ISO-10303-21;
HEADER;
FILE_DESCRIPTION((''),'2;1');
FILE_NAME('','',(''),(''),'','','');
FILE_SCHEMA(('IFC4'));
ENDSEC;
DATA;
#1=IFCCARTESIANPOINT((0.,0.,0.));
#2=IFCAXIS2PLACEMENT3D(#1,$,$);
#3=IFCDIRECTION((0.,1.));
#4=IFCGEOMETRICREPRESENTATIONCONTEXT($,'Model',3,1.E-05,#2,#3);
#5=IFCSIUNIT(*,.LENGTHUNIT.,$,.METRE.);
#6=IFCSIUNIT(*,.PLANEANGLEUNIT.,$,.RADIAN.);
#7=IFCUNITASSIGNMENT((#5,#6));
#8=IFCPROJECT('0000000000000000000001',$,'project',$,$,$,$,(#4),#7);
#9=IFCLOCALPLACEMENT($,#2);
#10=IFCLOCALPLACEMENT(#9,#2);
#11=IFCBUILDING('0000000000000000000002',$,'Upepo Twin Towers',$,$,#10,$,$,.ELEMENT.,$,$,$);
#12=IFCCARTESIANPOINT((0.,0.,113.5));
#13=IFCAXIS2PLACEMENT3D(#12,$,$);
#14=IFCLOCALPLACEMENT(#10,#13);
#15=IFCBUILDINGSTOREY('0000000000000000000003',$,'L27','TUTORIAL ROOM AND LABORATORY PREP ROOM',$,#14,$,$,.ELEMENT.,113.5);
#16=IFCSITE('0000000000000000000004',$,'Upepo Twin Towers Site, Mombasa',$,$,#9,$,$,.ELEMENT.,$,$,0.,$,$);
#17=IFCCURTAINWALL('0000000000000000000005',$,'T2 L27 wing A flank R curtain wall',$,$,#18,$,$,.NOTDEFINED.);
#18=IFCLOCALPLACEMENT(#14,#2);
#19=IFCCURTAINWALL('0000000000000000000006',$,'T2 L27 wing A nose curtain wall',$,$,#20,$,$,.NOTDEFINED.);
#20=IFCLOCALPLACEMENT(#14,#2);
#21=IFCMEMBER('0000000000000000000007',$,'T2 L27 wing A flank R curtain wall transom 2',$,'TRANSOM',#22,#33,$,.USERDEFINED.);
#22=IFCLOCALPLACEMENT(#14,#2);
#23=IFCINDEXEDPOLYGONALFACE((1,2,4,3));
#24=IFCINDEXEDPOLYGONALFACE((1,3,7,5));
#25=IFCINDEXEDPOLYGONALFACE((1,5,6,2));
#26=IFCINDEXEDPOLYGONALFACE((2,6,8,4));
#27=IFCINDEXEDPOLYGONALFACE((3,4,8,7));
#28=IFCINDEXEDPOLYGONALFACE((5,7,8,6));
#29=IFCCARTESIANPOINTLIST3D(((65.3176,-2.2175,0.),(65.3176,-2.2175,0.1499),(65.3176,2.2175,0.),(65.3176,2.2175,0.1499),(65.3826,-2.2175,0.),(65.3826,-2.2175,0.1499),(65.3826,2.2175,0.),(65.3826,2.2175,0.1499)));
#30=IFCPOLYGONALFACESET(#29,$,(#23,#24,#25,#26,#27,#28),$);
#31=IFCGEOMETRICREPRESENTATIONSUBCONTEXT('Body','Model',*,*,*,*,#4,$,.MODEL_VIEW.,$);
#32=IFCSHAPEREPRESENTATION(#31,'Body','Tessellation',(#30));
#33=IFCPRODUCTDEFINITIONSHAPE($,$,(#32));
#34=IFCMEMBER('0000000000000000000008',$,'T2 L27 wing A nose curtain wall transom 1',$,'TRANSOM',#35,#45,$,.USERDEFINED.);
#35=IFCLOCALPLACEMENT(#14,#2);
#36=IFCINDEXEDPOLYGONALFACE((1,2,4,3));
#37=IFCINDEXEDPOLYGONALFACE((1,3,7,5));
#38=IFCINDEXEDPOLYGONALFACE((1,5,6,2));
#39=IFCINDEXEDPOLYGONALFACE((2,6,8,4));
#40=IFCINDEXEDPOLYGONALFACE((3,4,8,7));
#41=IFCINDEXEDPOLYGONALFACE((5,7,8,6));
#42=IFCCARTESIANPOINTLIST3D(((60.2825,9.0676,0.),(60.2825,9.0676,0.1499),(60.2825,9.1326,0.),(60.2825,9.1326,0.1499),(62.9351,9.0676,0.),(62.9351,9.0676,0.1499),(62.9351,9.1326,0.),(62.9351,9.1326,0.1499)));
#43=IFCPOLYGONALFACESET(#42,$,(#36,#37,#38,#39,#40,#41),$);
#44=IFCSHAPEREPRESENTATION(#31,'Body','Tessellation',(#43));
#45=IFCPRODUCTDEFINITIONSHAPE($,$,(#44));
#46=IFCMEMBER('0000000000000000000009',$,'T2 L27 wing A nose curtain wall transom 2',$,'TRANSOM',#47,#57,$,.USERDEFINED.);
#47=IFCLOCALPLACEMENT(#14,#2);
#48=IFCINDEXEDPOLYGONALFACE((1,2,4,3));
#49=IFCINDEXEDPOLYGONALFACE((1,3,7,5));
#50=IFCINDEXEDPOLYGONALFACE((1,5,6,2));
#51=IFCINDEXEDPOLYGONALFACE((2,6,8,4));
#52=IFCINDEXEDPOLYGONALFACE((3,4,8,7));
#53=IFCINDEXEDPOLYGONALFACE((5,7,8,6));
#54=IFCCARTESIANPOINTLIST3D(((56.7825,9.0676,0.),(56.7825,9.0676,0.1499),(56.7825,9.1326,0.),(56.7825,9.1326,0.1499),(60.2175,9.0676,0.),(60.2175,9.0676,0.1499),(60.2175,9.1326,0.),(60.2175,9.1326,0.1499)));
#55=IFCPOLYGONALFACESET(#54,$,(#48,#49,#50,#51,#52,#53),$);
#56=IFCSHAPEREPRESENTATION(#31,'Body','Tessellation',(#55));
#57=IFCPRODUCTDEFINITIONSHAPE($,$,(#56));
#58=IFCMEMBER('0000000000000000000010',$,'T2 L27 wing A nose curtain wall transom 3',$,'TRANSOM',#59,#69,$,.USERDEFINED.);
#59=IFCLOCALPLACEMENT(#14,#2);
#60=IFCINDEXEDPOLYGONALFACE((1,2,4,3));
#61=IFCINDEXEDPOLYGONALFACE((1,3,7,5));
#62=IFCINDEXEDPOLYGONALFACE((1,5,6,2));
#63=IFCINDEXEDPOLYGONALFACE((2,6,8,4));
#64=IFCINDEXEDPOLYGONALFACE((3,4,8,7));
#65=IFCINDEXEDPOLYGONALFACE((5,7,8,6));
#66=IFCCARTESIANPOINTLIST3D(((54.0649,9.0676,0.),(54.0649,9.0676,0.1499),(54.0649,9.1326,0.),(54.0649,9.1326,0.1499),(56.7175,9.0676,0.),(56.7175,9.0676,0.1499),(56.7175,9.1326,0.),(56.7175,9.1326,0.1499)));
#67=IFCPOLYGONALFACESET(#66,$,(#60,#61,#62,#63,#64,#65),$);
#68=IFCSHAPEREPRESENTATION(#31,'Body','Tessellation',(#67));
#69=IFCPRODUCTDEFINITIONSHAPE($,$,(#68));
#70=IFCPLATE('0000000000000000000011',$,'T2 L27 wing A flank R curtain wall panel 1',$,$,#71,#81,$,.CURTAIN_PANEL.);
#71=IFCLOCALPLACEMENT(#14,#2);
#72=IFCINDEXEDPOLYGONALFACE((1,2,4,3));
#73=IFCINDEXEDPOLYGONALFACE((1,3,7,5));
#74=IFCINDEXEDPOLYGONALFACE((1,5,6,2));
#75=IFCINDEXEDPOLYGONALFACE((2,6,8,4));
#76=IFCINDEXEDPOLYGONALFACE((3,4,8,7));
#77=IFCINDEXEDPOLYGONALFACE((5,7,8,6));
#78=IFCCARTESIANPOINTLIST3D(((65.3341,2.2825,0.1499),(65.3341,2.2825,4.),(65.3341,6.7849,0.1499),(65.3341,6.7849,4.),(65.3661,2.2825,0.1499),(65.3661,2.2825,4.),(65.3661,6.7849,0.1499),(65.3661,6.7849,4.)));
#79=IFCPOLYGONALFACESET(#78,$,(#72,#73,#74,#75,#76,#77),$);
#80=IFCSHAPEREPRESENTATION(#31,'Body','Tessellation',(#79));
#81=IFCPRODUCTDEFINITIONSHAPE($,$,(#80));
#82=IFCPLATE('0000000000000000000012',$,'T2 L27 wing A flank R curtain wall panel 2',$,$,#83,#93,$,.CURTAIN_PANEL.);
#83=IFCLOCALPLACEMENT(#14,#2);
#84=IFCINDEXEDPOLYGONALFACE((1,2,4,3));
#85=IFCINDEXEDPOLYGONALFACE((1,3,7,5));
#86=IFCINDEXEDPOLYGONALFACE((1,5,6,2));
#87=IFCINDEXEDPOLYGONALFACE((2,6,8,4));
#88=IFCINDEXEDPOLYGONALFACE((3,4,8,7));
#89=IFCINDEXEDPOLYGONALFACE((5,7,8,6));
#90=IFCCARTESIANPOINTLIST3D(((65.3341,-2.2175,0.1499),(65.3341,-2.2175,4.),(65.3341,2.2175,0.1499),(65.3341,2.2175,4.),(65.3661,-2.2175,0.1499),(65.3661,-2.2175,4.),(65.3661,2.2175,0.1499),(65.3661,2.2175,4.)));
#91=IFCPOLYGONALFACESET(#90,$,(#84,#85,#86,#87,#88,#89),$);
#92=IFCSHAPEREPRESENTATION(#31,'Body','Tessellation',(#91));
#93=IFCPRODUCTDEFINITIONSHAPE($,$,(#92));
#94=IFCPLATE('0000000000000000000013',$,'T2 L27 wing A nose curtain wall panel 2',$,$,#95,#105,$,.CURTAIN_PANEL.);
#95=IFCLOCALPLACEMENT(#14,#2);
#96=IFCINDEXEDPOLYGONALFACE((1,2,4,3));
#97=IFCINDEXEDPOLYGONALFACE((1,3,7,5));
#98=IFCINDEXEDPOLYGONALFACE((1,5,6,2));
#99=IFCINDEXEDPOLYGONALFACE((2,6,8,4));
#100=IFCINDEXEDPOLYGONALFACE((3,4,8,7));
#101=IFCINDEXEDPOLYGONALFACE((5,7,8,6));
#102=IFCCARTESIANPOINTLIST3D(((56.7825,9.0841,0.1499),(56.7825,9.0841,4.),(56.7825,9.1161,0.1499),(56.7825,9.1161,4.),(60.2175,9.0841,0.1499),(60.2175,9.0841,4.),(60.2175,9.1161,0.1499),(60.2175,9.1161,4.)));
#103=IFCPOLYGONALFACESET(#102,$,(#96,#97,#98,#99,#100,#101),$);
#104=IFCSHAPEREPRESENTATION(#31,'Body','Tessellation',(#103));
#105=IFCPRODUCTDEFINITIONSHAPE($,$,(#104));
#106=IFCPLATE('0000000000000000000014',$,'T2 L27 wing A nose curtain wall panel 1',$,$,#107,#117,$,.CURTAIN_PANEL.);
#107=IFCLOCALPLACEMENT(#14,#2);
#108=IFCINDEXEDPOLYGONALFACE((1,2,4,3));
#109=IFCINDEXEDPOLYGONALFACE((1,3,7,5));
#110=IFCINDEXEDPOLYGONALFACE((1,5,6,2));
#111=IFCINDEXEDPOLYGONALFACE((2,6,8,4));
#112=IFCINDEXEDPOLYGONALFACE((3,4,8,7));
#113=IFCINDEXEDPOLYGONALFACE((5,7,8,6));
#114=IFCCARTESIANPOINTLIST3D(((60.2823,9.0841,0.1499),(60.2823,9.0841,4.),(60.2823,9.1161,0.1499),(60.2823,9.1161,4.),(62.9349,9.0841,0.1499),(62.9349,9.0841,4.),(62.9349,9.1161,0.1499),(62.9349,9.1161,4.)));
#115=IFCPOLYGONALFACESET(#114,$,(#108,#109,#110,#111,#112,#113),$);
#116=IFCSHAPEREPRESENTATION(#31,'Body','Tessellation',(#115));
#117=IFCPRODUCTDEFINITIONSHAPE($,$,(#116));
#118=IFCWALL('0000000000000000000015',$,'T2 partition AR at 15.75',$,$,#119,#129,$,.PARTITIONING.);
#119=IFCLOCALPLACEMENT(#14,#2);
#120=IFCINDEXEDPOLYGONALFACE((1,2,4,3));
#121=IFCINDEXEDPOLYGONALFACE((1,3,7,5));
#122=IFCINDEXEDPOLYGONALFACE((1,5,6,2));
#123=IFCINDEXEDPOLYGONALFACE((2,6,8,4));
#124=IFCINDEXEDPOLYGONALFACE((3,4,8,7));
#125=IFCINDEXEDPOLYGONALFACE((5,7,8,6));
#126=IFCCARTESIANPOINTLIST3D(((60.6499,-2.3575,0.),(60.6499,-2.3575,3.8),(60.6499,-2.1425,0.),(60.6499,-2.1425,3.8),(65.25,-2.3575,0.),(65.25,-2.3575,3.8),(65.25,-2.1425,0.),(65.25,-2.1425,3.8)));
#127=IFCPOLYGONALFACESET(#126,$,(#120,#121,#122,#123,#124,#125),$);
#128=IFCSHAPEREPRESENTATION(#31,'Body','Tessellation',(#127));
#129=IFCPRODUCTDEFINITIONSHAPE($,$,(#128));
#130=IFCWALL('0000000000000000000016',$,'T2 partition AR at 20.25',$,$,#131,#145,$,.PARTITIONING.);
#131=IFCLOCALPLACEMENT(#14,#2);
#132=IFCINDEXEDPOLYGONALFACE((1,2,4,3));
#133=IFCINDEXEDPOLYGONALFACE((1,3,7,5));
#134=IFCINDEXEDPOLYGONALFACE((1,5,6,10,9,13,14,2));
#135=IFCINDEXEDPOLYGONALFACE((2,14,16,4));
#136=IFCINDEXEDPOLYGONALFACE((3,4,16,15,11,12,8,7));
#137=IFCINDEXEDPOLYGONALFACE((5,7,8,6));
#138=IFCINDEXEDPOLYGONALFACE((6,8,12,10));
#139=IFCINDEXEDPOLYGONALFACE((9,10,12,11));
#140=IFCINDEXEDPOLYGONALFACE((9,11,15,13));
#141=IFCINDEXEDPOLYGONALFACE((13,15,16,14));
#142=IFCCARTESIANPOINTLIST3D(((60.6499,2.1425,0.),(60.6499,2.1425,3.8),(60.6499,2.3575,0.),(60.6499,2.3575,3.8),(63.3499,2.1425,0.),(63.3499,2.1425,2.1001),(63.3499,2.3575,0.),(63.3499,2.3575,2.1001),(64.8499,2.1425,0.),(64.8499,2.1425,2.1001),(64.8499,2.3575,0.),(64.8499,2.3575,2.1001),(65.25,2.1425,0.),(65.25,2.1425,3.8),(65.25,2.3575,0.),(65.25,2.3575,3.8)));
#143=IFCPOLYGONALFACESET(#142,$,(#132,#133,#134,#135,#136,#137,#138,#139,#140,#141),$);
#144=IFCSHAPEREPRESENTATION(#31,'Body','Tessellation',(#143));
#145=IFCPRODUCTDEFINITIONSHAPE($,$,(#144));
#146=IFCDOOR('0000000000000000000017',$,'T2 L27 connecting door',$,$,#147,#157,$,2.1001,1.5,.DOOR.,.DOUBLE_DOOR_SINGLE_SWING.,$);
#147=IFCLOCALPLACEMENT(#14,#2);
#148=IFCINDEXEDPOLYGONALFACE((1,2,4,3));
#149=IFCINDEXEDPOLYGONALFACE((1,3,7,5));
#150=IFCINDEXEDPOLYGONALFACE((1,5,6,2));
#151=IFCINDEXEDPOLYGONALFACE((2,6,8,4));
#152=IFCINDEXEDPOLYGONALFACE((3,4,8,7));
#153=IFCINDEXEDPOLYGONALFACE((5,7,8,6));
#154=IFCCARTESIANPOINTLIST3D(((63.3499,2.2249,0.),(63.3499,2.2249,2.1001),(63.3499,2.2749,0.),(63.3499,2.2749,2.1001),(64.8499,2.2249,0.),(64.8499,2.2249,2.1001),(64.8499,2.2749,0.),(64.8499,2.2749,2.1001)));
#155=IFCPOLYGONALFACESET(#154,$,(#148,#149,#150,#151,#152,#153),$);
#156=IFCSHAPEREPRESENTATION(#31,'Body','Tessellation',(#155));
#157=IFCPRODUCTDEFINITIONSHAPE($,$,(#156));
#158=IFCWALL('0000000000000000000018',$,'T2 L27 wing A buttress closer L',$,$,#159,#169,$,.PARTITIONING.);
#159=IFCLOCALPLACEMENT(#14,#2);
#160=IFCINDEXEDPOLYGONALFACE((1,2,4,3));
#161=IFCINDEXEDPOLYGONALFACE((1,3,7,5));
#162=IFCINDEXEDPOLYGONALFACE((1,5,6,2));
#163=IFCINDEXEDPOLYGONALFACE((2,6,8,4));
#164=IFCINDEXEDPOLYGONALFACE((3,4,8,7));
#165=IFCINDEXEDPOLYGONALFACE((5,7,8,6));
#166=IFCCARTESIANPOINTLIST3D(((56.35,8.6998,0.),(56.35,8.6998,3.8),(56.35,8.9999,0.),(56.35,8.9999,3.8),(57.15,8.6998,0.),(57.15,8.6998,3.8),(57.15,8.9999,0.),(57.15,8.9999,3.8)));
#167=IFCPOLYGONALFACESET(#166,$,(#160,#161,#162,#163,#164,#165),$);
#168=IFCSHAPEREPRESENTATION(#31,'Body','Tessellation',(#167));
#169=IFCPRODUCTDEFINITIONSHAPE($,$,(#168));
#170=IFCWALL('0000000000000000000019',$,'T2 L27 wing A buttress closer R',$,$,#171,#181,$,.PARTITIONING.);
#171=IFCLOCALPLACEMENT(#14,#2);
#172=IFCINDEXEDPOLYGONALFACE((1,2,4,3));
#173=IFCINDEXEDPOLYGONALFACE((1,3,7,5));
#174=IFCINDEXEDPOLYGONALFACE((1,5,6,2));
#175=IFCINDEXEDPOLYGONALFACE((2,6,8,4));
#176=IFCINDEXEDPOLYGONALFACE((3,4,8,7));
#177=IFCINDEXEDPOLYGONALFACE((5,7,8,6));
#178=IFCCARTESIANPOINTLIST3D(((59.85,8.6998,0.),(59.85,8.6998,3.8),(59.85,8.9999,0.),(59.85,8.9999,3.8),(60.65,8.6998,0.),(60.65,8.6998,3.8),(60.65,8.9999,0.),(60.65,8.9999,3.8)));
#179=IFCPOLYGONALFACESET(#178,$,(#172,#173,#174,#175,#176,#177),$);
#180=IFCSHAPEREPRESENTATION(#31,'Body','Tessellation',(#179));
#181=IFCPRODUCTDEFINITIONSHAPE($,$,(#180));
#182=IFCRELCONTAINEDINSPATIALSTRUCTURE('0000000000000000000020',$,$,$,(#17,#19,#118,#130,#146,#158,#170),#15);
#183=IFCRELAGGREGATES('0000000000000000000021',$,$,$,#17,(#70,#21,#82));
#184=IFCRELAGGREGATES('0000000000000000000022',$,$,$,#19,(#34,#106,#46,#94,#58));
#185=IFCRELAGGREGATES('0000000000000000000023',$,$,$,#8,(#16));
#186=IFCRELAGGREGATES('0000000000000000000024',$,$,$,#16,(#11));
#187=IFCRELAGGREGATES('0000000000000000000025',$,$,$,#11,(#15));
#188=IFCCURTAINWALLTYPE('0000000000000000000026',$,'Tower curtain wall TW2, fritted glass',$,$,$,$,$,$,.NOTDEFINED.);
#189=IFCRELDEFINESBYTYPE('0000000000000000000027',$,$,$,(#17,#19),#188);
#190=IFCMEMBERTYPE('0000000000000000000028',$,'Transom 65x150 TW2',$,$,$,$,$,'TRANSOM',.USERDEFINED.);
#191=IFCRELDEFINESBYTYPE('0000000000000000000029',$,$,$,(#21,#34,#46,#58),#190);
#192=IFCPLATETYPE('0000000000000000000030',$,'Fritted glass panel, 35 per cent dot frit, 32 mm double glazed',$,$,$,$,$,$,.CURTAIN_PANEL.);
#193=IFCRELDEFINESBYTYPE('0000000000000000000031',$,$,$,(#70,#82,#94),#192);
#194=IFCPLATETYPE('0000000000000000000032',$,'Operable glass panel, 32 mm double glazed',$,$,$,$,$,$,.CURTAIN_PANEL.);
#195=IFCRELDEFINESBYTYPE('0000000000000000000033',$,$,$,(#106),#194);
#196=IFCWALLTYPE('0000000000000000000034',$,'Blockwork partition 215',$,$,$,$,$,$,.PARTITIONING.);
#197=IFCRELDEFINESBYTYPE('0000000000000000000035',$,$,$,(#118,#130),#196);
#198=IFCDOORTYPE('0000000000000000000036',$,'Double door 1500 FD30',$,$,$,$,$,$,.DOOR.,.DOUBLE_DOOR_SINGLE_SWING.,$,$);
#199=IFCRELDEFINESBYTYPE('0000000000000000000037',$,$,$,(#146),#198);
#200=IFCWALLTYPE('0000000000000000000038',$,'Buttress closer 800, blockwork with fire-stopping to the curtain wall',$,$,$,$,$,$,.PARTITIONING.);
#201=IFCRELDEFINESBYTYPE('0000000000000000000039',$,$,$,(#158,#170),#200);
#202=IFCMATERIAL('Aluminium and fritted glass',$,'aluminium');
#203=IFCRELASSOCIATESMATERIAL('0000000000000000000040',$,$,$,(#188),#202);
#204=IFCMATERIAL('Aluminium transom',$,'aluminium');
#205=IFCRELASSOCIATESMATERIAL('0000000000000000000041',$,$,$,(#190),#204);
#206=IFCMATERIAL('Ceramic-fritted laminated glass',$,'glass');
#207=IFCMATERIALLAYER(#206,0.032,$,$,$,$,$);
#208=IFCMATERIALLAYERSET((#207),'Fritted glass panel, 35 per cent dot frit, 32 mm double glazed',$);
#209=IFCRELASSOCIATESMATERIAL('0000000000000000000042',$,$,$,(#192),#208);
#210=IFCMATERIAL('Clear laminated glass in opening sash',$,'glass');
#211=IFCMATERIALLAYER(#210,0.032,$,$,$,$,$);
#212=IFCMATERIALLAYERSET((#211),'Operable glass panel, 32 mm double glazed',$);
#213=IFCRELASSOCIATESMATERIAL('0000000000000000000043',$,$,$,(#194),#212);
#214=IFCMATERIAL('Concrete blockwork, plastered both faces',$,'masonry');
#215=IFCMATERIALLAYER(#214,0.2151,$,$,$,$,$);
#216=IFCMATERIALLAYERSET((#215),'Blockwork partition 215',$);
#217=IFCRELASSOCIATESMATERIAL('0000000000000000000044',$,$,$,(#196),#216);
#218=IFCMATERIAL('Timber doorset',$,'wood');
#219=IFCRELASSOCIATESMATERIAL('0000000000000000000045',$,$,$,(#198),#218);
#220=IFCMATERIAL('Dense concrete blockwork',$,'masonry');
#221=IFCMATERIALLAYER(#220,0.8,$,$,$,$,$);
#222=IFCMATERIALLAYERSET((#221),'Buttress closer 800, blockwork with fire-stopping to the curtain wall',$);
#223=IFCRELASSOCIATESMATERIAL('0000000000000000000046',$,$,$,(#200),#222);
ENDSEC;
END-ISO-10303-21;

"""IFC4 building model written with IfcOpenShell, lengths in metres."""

from ifc_helpers import new_model, si_unit, direction, frame, frame_2d, origin, origin_2d, place, context, subcontext, project, spatial, rectangle, extrude, material, layer, layer_set, material_profile, profile_set, type_object, element, fill, aggregate, save


model = new_model("IFC4")

# Units and contexts
model_context = context("Model", 3, precision=1e-05, world=origin(), true_north=direction((0.0, 1.0)))
body_context = subcontext(model_context, "Body", "Model", "MODEL_VIEW")
ifc_project = project(units=[si_unit("LENGTHUNIT", "METRE"), si_unit("PLANEANGLEUNIT", "RADIAN")], contexts=[model_context])

# Site, building, storey
site_placement = place(None, origin())
site = spatial("IfcSite", under=ifc_project, at=site_placement, Name="Upepo Twin Towers Site, Mombasa", CompositionType="ELEMENT", RefElevation=0.0)
building_placement = place(site_placement, origin())
building = spatial("IfcBuilding", under=site, at=building_placement, Name="Upepo Twin Towers", CompositionType="ELEMENT")
storey_placement = place(building_placement, frame((0.0, 0.0, 113.5)))
storey = spatial("IfcBuildingStorey", under=building, at=storey_placement, Name="L27", Description="TUTORIAL ROOM AND LABORATORY PREP ROOM", CompositionType="ELEMENT", Elevation=113.5)

# Curtain walls
ifc_material_1 = material(Name="Aluminium and fritted glass", Category="aluminium")
curtain_wall_type = type_object("IfcCurtainWallType", Name="Tower curtain wall TW2, fritted glass", PredefinedType="NOTDEFINED", material=ifc_material_1)
curtain_wall_1_placement = place(storey_placement, origin())
curtain_wall_1 = element("IfcCurtainWall", 1, at=curtain_wall_1_placement, inside=storey, type_object=curtain_wall_type, Name="T2 L27 wing A flank R curtain wall", PredefinedType="NOTDEFINED")
curtain_wall_2_placement = place(storey_placement, origin())
curtain_wall_2 = element("IfcCurtainWall", 2, at=curtain_wall_2_placement, inside=storey, type_object=curtain_wall_type, Name="T2 L27 wing A nose curtain wall", PredefinedType="NOTDEFINED")

# Members
ifc_material_2 = material(Name="Aluminium transom", Category="aluminium")
ifc_material_profile_1 = material_profile(ifc_material_2, rectangle(XDim=0.0649, YDim=0.1499, at=origin_2d()), Name="TRANSOM 65x150")
ifc_profile_set_1 = profile_set([ifc_material_profile_1], Name="Aluminium transom")
member_type_1 = type_object("IfcMemberType", Name="Transom 65x150 TW2", ElementType="TRANSOM", PredefinedType="USERDEFINED", material=ifc_profile_set_1)
member_1_placement = place(storey_placement, frame((65.3501, 2.2175, 0.075), z_axis=(0.0, -1.0, 0.0), x_axis=(1.0, 0.0, 0.0)))
member_1 = element("IfcMember", 3, at=member_1_placement, type_object=member_type_1, Name="T2 L27 wing A flank R curtain wall transom 2", ObjectType="TRANSOM", PredefinedType="USERDEFINED", context=body_context, shape_type="SweptSolid", body=[
    extrude(rectangle(XDim=0.0649, YDim=0.1499, at=origin_2d()), origin(), (0.0, 0.0, 1.0), 4.4351),
])
member_2_placement = place(storey_placement, frame((62.9351, 9.1001, 0.075), z_axis=(-1.0, 0.0, 0.0), x_axis=(0.0, -1.0, 0.0)))
member_2 = element("IfcMember", 4, at=member_2_placement, type_object=member_type_1, Name="T2 L27 wing A nose curtain wall transom 1", ObjectType="TRANSOM", PredefinedType="USERDEFINED", context=body_context, shape_type="SweptSolid", body=[
    extrude(rectangle(XDim=0.0649, YDim=0.1499, at=origin_2d()), origin(), (0.0, 0.0, 1.0), 2.6526),
])
member_3_placement = place(storey_placement, frame((60.2175, 9.1001, 0.075), z_axis=(-1.0, 0.0, 0.0), x_axis=(0.0, -1.0, 0.0)))
member_3 = element("IfcMember", 5, at=member_3_placement, type_object=member_type_1, Name="T2 L27 wing A nose curtain wall transom 2", ObjectType="TRANSOM", PredefinedType="USERDEFINED", context=body_context, shape_type="SweptSolid", body=[
    extrude(rectangle(XDim=0.0649, YDim=0.1499, at=origin_2d()), origin(), (0.0, 0.0, 1.0), 3.4351),
])
member_4_placement = place(storey_placement, frame((56.7175, 9.1001, 0.075), z_axis=(-1.0, 0.0, 0.0), x_axis=(0.0, -1.0, 0.0)))
member_4 = element("IfcMember", 6, at=member_4_placement, type_object=member_type_1, Name="T2 L27 wing A nose curtain wall transom 3", ObjectType="TRANSOM", PredefinedType="USERDEFINED", context=body_context, shape_type="SweptSolid", body=[
    extrude(rectangle(XDim=0.0649, YDim=0.1499, at=origin_2d()), origin(), (0.0, 0.0, 1.0), 2.6526),
])

# Plates
ifc_material_3 = material(Name="Ceramic-fritted laminated glass", Category="glass")
ifc_layer_1 = layer(ifc_material_3, 0.032)
ifc_layer_set_1 = layer_set([ifc_layer_1], Name="Fritted glass panel, 35 per cent dot frit, 32 mm double glazed")
plate_type_1 = type_object("IfcPlateType", Name="Fritted glass panel, 35 per cent dot frit, 32 mm double glazed", PredefinedType="CURTAIN_PANEL", material=ifc_layer_set_1)
plate_1_placement = place(storey_placement, frame((65.3501, 4.5337, 0.1499), z_axis=(0.0, 0.0, 1.0), x_axis=(0.0, -1.0, 0.0)))
plate_1 = element("IfcPlate", 7, at=plate_1_placement, type_object=plate_type_1, Name="T2 L27 wing A flank R curtain wall panel 1", PredefinedType="CURTAIN_PANEL", context=body_context, shape_type="SweptSolid", body=[
    extrude(rectangle(XDim=4.5024, YDim=0.032, at=origin_2d()), origin(), (0.0, 0.0, 1.0), 3.8501),
])
plate_2_placement = place(storey_placement, frame((65.3501, 0.0, 0.1499), z_axis=(0.0, 0.0, 1.0), x_axis=(0.0, -1.0, 0.0)))
plate_2 = element("IfcPlate", 8, at=plate_2_placement, type_object=plate_type_1, Name="T2 L27 wing A flank R curtain wall panel 2", PredefinedType="CURTAIN_PANEL", context=body_context, shape_type="SweptSolid", body=[
    extrude(rectangle(XDim=4.4351, YDim=0.032, at=origin_2d()), origin(), (0.0, 0.0, 1.0), 3.8501),
])
aggregate(curtain_wall_1, [plate_1, member_1, plate_2])
plate_3_placement = place(storey_placement, frame((58.5, 9.1001, 0.1499), z_axis=(0.0, 0.0, 1.0), x_axis=(-1.0, 0.0, 0.0)))
plate_3 = element("IfcPlate", 9, at=plate_3_placement, type_object=plate_type_1, Name="T2 L27 wing A nose curtain wall panel 2", PredefinedType="CURTAIN_PANEL", context=body_context, shape_type="SweptSolid", body=[
    extrude(rectangle(XDim=3.4351, YDim=0.032, at=origin_2d()), origin(), (0.0, 0.0, 1.0), 3.8501),
])
ifc_material_4 = material(Name="Clear laminated glass in opening sash", Category="glass")
ifc_layer_2 = layer(ifc_material_4, 0.032)
ifc_layer_set_2 = layer_set([ifc_layer_2], Name="Operable glass panel, 32 mm double glazed")
plate_type_2 = type_object("IfcPlateType", Name="Operable glass panel, 32 mm double glazed", PredefinedType="CURTAIN_PANEL", material=ifc_layer_set_2)
plate_4_placement = place(storey_placement, frame((61.6086, 9.1001, 0.1499), z_axis=(0.0, 0.0, 1.0), x_axis=(-1.0, 0.0, 0.0)))
plate_4 = element("IfcPlate", 10, at=plate_4_placement, type_object=plate_type_2, Name="T2 L27 wing A nose curtain wall panel 1", PredefinedType="CURTAIN_PANEL", context=body_context, shape_type="SweptSolid", body=[
    extrude(rectangle(XDim=2.6526, YDim=0.032, at=origin_2d()), origin(), (0.0, 0.0, 1.0), 3.8501),
])
aggregate(curtain_wall_2, [member_2, plate_4, member_3, plate_3, member_4])

# Wall
ifc_material_5 = material(Name="Concrete blockwork, plastered both faces", Category="masonry")
ifc_layer_3 = layer(ifc_material_5, 0.2151)
ifc_layer_set_3 = layer_set([ifc_layer_3], Name="Blockwork partition 215")
wall_type_1 = type_object("IfcWallType", Name="Blockwork partition 215", PredefinedType="PARTITIONING", material=ifc_layer_set_3)
wall_1_placement = place(storey_placement, frame((60.6499, -2.25, 0.0), z_axis=(0.0, 0.0, 1.0), x_axis=(1.0, 0.0, 0.0)))
element("IfcWall", 11, at=wall_1_placement, inside=storey, type_object=wall_type_1, Name="T2 partition AR at 15.75", PredefinedType="PARTITIONING", context=body_context, shape_type="SweptSolid", body=[
    extrude(rectangle(XDim=4.6001, YDim=0.2151, at=frame_2d((2.3, 0.0))), origin(), (0.0, 0.0, 1.0), 3.8),
])

# Wall, opening, door
wall_2_placement = place(storey_placement, frame((60.6499, 2.25, 0.0), z_axis=(0.0, 0.0, 1.0), x_axis=(1.0, 0.0, 0.0)))
wall_2 = element("IfcWall", 12, at=wall_2_placement, inside=storey, type_object=wall_type_1, Name="T2 partition AR at 20.25", PredefinedType="PARTITIONING", context=body_context, shape_type="SweptSolid", body=[
    extrude(rectangle(XDim=4.6001, YDim=0.2151, at=frame_2d((2.3, 0.0))), origin(), (0.0, 0.0, 1.0), 3.8),
])
opening_1_placement = place(wall_2_placement, frame((2.7, 0.0, 0.0)))
opening_1 = element("IfcOpeningElement", 13, at=opening_1_placement, cuts=wall_2, PredefinedType="OPENING", context=body_context, shape_type="SweptSolid", body=[
    extrude(rectangle(XDim=1.5, YDim=2.1001, at=frame_2d((0.75, 1.05))), frame((0.0, 0.1174, 0.0), z_axis=(0.0, -1.0, 0.0), x_axis=(1.0, 0.0, 0.0)), (0.0, 0.0, 1.0), 0.2351),
])
ifc_material_6 = material(Name="Timber doorset", Category="wood")
door_type_1 = type_object("IfcDoorType", Name="Double door 1500 FD30", OperationType="DOUBLE_DOOR_SINGLE_SWING", PredefinedType="DOOR", material=ifc_material_6)
door_1_placement = place(opening_1_placement, origin())
door_1 = element("IfcDoor", 14, at=door_1_placement, inside=storey, type_object=door_type_1, Name="T2 L27 connecting door", OperationType="DOUBLE_DOOR_SINGLE_SWING", OverallHeight=2.1001, OverallWidth=1.5, PredefinedType="DOOR", context=body_context, shape_type="SweptSolid", body=[
    extrude(rectangle(XDim=1.5, YDim=2.1001, at=frame_2d((0.75, 1.05))), frame((0.0, 0.0249, 0.0), z_axis=(0.0, -1.0, 0.0), x_axis=(1.0, 0.0, 0.0)), (0.0, 0.0, 1.0), 0.05),
])
fill(opening_1, door_1)

# Walls
ifc_material_7 = material(Name="Dense concrete blockwork", Category="masonry")
ifc_layer_4 = layer(ifc_material_7, 0.8)
ifc_layer_set_4 = layer_set([ifc_layer_4], Name="Buttress closer 800, blockwork with fire-stopping to the curtain wall")
wall_type_2 = type_object("IfcWallType", Name="Buttress closer 800, blockwork with fire-stopping to the curtain wall", PredefinedType="PARTITIONING", material=ifc_layer_set_4)
for number, where, z_axis, x_axis, name in (
    (15, (56.75, 8.7, 0.0), (0.0, 0.0, 1.0), (0.0, 1.0, 0.0), "T2 L27 wing A buttress closer L"),
    (16, (60.25, 8.7, 0.0), (0.0, 0.0, 1.0), (0.0, 1.0, 0.0), "T2 L27 wing A buttress closer R"),
):
    element("IfcWall", number, at=place(storey_placement, frame(where, z_axis=z_axis, x_axis=x_axis)), inside=storey, type_object=wall_type_2, Name=name, PredefinedType="PARTITIONING", context=body_context, shape_type="SweptSolid", body=[
        extrude(rectangle(XDim=0.3, YDim=0.8, at=frame_2d((0.1499, 0.0))), origin(), (0.0, 0.0, 1.0), 3.8),
    ])

save(model, "model.ifc")
